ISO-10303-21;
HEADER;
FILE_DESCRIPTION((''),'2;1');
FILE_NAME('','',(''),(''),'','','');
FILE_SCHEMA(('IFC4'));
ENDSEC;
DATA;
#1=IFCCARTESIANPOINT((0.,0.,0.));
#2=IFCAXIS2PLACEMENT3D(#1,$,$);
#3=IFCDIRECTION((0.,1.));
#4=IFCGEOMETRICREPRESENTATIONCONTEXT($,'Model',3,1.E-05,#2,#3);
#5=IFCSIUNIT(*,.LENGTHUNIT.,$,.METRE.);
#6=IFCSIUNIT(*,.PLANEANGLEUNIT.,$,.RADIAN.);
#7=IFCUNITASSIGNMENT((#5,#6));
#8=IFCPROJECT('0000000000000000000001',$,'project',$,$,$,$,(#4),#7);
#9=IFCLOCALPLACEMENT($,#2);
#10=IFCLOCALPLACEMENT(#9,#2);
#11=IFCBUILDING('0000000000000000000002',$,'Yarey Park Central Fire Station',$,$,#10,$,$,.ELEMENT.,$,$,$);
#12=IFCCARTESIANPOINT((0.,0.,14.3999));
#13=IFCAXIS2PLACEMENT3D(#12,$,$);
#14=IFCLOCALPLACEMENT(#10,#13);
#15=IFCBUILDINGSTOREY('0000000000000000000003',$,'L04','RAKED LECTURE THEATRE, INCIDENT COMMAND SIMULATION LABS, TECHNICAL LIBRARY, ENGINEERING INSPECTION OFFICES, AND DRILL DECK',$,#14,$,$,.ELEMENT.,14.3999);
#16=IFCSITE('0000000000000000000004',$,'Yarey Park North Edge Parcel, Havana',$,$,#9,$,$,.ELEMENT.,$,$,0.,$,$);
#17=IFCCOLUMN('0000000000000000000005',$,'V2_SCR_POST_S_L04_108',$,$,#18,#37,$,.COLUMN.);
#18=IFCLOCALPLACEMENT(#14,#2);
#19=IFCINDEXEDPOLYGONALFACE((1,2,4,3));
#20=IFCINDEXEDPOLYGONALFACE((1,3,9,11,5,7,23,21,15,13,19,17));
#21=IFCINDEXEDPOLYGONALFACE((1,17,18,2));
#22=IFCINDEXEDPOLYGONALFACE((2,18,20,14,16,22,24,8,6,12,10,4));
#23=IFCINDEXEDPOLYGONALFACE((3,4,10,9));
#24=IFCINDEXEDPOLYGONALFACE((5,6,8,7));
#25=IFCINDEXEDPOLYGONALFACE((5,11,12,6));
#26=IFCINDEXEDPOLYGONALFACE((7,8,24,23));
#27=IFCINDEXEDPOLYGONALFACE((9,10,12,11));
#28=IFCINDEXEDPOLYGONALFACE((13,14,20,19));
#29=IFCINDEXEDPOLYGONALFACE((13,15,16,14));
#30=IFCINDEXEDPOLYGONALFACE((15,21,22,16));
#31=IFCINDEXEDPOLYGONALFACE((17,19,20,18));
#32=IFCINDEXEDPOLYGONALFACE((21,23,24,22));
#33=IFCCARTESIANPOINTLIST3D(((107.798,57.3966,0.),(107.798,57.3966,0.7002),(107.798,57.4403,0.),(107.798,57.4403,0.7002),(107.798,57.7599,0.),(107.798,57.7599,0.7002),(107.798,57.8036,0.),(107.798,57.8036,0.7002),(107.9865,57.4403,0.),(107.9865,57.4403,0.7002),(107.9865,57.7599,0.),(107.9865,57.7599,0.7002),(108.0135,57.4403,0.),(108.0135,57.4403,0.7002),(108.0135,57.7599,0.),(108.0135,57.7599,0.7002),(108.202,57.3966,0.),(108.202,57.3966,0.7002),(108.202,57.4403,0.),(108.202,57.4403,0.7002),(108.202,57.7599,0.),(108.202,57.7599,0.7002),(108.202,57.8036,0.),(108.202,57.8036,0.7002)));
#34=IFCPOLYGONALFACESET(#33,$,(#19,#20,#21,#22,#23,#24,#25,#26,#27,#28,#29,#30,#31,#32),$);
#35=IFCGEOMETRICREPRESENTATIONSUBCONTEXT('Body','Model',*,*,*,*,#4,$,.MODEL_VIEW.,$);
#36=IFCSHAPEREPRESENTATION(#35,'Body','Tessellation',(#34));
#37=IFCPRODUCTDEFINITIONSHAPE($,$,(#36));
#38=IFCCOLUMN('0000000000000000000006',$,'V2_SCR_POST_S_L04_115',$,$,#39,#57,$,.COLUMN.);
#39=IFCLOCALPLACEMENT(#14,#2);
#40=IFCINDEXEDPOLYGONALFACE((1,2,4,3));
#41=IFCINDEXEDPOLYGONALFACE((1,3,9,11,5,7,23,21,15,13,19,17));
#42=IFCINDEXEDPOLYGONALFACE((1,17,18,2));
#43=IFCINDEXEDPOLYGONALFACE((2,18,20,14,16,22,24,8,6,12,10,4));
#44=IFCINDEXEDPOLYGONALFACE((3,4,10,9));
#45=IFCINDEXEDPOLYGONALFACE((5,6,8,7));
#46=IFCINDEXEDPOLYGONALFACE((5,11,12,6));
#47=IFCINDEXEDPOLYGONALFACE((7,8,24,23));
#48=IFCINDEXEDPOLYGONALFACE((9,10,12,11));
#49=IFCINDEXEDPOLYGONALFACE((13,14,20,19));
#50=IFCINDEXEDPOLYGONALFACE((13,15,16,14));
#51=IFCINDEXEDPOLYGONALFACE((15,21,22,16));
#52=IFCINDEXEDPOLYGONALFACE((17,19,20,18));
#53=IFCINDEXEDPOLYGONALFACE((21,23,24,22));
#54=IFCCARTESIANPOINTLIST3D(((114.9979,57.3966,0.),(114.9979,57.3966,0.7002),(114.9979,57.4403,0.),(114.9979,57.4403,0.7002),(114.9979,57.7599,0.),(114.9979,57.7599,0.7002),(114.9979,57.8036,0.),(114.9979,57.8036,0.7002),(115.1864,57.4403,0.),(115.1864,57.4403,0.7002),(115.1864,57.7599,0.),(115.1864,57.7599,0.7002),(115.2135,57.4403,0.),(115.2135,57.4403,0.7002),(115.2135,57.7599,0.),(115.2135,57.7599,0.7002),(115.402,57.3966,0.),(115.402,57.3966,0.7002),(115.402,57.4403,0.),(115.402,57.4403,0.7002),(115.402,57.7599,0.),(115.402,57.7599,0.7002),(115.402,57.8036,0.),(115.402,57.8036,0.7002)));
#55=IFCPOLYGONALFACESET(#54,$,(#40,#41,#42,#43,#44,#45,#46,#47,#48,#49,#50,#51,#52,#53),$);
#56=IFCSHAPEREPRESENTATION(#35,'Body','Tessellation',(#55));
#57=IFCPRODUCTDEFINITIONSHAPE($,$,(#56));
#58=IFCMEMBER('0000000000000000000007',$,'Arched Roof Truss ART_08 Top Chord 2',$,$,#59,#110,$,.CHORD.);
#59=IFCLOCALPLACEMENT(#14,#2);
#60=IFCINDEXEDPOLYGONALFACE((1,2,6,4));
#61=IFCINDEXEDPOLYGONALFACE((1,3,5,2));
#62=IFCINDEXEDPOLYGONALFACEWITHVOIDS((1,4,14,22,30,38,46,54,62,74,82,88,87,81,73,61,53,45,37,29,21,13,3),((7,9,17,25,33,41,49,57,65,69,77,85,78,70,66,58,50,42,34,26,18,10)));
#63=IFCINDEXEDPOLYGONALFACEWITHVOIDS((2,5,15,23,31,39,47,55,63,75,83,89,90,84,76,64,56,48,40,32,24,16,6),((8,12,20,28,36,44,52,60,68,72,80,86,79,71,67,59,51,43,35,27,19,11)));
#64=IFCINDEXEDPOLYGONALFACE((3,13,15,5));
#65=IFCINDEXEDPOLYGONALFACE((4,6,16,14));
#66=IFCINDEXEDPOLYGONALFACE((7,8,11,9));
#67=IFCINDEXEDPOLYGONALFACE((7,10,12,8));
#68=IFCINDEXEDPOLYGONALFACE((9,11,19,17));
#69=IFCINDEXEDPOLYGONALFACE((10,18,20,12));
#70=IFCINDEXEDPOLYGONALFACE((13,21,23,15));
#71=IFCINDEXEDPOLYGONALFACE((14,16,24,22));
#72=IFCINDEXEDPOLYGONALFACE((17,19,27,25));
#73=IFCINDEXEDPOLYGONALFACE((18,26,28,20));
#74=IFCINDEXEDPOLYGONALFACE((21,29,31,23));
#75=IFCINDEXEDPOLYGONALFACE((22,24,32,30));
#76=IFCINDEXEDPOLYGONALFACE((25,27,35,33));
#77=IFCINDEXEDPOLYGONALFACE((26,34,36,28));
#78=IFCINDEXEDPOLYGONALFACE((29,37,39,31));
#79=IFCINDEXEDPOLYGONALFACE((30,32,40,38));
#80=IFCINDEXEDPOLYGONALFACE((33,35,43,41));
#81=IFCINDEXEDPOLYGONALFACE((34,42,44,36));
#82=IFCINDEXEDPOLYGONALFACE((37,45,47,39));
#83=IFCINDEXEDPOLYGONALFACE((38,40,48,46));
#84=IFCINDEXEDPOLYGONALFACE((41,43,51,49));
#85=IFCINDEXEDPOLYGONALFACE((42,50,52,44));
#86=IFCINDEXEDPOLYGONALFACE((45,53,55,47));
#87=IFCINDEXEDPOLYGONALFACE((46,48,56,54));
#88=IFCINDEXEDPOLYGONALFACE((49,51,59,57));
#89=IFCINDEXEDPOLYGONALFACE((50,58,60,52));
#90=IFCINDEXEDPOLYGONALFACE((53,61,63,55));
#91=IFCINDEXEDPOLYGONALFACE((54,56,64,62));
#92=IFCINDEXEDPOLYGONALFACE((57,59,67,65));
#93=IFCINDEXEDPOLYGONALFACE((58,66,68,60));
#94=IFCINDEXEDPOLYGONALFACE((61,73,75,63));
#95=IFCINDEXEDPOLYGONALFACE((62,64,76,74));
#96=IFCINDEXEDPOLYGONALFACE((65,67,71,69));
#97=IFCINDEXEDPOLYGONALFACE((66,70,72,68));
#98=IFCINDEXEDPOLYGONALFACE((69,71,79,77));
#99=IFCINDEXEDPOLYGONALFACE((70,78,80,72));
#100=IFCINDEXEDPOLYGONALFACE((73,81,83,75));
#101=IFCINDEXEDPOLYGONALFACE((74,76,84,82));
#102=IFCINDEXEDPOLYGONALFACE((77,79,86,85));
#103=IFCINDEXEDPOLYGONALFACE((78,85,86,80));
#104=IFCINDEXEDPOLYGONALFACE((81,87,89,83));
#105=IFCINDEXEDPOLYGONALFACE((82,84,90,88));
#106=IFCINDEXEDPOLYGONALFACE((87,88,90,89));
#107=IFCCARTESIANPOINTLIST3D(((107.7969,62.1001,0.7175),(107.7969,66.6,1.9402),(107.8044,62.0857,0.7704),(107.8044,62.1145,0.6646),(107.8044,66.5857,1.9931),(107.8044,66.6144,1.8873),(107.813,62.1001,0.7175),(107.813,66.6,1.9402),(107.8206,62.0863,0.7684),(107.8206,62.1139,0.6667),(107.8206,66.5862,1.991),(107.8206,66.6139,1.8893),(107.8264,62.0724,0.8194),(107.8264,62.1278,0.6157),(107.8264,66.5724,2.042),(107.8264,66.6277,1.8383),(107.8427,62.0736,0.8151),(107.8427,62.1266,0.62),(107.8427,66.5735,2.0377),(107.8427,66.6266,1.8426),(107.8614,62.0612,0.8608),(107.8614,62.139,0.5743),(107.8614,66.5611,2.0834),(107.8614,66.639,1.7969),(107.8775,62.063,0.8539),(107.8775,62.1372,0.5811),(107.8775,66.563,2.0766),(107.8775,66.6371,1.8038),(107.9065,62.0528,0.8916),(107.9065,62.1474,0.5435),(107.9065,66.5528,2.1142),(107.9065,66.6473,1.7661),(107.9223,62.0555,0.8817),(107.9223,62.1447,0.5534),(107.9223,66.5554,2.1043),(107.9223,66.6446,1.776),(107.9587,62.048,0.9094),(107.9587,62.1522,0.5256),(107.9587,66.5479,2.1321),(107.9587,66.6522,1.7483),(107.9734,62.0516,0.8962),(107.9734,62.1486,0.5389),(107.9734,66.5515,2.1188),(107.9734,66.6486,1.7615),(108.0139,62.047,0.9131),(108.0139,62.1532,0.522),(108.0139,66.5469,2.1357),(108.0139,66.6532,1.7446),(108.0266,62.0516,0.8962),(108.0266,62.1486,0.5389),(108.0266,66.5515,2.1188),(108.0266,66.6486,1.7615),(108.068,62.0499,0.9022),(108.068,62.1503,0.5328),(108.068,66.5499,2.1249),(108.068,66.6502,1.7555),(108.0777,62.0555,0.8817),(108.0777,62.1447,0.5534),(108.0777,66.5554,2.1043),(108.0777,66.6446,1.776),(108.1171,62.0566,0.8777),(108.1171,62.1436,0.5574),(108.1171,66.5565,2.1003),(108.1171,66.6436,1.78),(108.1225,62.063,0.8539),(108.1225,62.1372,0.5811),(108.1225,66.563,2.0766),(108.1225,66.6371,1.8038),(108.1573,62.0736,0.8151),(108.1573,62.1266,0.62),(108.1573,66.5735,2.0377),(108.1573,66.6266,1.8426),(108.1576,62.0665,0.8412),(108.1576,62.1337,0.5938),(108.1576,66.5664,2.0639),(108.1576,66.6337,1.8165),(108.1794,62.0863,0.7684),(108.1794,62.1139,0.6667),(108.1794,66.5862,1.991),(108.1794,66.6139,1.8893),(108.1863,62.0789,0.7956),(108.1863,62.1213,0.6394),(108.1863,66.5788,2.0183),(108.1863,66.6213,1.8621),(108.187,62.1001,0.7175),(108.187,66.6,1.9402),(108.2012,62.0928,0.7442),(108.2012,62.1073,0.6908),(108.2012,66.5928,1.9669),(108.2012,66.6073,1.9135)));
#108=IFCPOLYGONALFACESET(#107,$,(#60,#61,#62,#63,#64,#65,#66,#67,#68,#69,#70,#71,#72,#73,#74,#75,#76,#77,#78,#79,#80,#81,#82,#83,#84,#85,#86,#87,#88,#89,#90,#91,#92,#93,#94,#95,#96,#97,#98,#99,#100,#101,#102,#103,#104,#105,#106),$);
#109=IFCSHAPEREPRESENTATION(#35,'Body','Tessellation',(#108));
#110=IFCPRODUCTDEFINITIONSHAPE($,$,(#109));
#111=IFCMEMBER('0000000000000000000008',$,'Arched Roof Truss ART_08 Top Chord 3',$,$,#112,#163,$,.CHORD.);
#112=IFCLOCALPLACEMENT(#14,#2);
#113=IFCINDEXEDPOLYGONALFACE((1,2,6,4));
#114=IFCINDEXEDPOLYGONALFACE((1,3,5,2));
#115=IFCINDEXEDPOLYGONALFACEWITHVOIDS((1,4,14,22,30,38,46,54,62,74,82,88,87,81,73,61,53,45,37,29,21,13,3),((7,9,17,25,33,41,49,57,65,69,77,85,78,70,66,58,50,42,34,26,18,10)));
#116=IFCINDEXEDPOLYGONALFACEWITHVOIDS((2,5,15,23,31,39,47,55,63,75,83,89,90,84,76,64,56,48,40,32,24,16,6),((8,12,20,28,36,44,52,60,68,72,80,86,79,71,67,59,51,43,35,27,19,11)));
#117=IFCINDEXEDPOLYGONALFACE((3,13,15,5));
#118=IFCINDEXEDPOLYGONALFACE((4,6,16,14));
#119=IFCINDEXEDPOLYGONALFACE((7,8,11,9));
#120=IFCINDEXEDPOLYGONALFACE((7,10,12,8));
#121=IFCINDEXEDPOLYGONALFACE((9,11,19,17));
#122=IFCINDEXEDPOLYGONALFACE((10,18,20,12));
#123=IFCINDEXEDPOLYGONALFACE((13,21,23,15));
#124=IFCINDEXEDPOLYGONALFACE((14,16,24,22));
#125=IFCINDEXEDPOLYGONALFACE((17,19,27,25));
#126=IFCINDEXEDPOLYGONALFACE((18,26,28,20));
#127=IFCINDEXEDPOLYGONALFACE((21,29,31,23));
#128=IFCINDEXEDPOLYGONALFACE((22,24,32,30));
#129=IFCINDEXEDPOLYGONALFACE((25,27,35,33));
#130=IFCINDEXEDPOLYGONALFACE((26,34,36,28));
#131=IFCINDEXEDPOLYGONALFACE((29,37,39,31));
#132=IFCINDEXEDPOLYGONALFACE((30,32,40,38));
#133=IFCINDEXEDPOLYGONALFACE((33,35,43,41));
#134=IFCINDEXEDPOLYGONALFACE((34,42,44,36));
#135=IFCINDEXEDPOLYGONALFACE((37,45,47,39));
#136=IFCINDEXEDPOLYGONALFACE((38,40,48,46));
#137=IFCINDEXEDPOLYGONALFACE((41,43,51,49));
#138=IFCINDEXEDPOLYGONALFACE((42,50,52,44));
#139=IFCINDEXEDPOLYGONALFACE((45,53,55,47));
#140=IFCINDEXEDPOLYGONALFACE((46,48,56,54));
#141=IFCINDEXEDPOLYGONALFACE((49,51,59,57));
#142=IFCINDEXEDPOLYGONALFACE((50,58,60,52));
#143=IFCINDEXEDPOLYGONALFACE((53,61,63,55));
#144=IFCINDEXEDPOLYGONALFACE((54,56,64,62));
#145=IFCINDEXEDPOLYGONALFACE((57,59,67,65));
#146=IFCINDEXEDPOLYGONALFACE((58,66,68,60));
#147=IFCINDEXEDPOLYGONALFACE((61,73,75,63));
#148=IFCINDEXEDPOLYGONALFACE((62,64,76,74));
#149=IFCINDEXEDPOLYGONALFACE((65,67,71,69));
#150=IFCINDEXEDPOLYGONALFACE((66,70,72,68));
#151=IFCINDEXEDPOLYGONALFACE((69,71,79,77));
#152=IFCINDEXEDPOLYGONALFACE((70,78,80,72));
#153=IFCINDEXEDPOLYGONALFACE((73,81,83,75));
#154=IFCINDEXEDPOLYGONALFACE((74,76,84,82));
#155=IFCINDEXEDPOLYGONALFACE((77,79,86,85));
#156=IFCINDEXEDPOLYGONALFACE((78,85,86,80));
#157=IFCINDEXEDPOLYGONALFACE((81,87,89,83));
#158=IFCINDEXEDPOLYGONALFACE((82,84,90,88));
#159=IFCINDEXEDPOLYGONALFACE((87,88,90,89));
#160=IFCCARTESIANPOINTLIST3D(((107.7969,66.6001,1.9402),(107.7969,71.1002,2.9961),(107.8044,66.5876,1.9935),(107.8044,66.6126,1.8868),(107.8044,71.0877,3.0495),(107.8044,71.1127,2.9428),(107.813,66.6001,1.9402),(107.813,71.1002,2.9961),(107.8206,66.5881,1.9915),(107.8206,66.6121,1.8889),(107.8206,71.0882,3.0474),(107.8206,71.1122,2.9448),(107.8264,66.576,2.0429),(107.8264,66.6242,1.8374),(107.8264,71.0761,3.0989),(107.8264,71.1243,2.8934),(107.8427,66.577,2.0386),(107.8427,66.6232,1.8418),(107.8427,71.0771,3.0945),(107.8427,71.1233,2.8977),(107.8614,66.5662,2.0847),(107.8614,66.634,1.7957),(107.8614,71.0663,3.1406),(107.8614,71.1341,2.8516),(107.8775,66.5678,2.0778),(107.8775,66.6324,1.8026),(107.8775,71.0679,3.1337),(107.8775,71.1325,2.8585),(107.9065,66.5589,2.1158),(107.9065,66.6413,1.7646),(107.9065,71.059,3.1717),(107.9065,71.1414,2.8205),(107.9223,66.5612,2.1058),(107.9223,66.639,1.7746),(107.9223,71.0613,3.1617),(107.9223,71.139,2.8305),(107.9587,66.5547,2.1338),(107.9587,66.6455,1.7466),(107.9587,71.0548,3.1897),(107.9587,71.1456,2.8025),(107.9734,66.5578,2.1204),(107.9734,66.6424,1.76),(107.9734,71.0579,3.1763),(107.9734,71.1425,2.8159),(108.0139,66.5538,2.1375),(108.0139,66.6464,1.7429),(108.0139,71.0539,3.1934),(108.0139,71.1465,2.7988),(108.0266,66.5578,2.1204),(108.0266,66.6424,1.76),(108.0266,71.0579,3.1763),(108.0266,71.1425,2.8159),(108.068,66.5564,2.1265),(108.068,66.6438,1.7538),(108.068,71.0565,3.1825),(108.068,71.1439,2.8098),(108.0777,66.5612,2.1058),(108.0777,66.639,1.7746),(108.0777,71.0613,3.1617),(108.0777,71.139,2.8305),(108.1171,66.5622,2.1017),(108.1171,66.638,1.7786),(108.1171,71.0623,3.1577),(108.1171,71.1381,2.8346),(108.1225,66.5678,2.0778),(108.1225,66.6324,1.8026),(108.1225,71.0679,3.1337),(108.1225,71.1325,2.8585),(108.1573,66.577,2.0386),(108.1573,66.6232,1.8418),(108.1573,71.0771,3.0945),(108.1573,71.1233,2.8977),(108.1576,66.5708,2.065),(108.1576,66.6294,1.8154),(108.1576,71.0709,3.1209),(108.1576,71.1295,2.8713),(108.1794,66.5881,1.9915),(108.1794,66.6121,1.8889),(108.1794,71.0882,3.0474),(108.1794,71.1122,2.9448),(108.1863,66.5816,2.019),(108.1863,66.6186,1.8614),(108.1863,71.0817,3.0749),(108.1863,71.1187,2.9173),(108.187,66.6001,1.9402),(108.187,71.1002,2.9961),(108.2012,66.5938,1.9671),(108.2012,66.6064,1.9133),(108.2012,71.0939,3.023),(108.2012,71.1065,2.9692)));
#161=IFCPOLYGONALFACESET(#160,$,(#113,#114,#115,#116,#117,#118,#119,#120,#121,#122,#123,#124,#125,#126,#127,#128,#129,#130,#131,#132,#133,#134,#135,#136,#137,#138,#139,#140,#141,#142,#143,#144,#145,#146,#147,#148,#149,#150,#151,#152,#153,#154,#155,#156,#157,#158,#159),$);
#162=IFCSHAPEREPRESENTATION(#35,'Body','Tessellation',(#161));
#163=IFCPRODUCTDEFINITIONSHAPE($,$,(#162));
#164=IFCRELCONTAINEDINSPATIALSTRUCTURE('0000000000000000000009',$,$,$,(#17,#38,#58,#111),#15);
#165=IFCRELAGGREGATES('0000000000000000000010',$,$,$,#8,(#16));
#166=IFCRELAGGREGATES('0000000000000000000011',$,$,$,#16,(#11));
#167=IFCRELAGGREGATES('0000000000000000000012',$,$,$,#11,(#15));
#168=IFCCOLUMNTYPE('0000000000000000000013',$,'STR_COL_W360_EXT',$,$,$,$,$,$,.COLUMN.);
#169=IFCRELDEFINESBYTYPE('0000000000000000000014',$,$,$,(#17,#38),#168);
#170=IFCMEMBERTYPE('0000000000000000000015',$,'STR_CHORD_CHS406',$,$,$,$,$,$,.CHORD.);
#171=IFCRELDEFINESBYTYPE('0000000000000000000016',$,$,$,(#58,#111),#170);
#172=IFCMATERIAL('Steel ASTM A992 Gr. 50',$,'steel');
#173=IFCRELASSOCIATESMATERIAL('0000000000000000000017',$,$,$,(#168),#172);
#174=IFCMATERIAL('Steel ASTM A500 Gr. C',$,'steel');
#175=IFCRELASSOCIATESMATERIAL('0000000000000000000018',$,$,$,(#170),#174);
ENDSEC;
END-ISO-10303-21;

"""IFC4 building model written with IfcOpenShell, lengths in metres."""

from ifc_helpers import new_model, si_unit, direction, frame, origin, origin_2d, place, context, subcontext, project, spatial, hollow_circle, i_section, extrude, material, material_profile, profile_set, type_object, element, save


model = new_model("IFC4")

# Units and contexts
model_context = context("Model", 3, precision=1e-05, world=origin(), true_north=direction((0.0, 1.0)))
body_context = subcontext(model_context, "Body", "Model", "MODEL_VIEW")
ifc_project = project(units=[si_unit("LENGTHUNIT", "METRE"), si_unit("PLANEANGLEUNIT", "RADIAN")], contexts=[model_context])

# Site, building, storey
site_placement = place(None, origin())
site = spatial("IfcSite", under=ifc_project, at=site_placement, Name="Yarey Park North Edge Parcel, Havana", CompositionType="ELEMENT", RefElevation=0.0)
building_placement = place(site_placement, origin())
building = spatial("IfcBuilding", under=site, at=building_placement, Name="Yarey Park Central Fire Station", CompositionType="ELEMENT")
storey_placement = place(building_placement, frame((0.0, 0.0, 14.3999)))
storey = spatial("IfcBuildingStorey", under=building, at=storey_placement, Name="L04", Description="RAKED LECTURE THEATRE, INCIDENT COMMAND SIMULATION LABS, TECHNICAL LIBRARY, ENGINEERING INSPECTION OFFICES, AND DRILL DECK", CompositionType="ELEMENT", Elevation=14.3999)

# Columns
ifc_material_1 = material(Name="Steel ASTM A992 Gr. 50", Category="steel")
ifc_material_profile_1 = material_profile(ifc_material_1, i_section(OverallWidth=0.4041, OverallDepth=0.407, WebThickness=0.0271, FlangeThickness=0.0437, at=origin_2d()), Name="W360x347")
ifc_profile_set_1 = profile_set([ifc_material_profile_1], Name="Steel ASTM A992 Gr. 50")
column_type = type_object("IfcColumnType", Name="STR_COL_W360_EXT", PredefinedType="COLUMN", material=ifc_profile_set_1)
for number, where, z_axis, x_axis, name in (
    (1, (108.0, 57.6001, 0.0), (0.0, 0.0, 1.0), (1.0, 0.0, 0.0), "V2_SCR_POST_S_L04_108"),
    (2, (115.2, 57.6001, 0.0), (0.0, 0.0, 1.0), (1.0, 0.0, 0.0), "V2_SCR_POST_S_L04_115"),
):
    element("IfcColumn", number, at=place(storey_placement, frame(where, z_axis=z_axis, x_axis=x_axis)), inside=storey, type_object=column_type, Name=name, PredefinedType="COLUMN", context=body_context, shape_type="SweptSolid", body=[
        extrude(i_section(OverallWidth=0.4041, OverallDepth=0.407, WebThickness=0.0271, FlangeThickness=0.0437, at=origin_2d()), origin(), (0.0, 0.0, 1.0), 0.7002),
    ])

# Members
ifc_material_2 = material(Name="Steel ASTM A500 Gr. C", Category="steel")
ifc_material_profile_2 = material_profile(ifc_material_2, hollow_circle(Radius=0.2031, WallThickness=0.0161, at=origin_2d()), Name="CHS 406.4x16")
ifc_profile_set_2 = profile_set([ifc_material_profile_2], Name="Steel ASTM A500 Gr. C")
member_type_1 = type_object("IfcMemberType", Name="STR_CHORD_CHS406", PredefinedType="CHORD", material=ifc_profile_set_2)
member_1_placement = place(storey_placement, frame((108.0, 62.1001, 0.7175), z_axis=(0.0, 0.965015, 0.262196), x_axis=(-1.0, 0.0, 0.0)))
element("IfcMember", 3, at=member_1_placement, inside=storey, type_object=member_type_1, Name="Arched Roof Truss ART_08 Top Chord 2", PredefinedType="CHORD", context=body_context, shape_type="SweptSolid", body=[
    extrude(hollow_circle(Radius=0.2031, WallThickness=0.0161, at=origin_2d()), origin(), (0.0, 0.0, 1.0), 4.6631),
])
member_2_placement = place(storey_placement, frame((108.0, 66.6001, 1.9402), z_axis=(0.0, 0.973558, 0.228442), x_axis=(-1.0, 0.0, 0.0)))
element("IfcMember", 4, at=member_2_placement, inside=storey, type_object=member_type_1, Name="Arched Roof Truss ART_08 Top Chord 3", PredefinedType="CHORD", context=body_context, shape_type="SweptSolid", body=[
    extrude(hollow_circle(Radius=0.2031, WallThickness=0.0161, at=origin_2d()), origin(), (0.0, 0.0, 1.0), 4.6223),
])

save(model, "model.ifc")
